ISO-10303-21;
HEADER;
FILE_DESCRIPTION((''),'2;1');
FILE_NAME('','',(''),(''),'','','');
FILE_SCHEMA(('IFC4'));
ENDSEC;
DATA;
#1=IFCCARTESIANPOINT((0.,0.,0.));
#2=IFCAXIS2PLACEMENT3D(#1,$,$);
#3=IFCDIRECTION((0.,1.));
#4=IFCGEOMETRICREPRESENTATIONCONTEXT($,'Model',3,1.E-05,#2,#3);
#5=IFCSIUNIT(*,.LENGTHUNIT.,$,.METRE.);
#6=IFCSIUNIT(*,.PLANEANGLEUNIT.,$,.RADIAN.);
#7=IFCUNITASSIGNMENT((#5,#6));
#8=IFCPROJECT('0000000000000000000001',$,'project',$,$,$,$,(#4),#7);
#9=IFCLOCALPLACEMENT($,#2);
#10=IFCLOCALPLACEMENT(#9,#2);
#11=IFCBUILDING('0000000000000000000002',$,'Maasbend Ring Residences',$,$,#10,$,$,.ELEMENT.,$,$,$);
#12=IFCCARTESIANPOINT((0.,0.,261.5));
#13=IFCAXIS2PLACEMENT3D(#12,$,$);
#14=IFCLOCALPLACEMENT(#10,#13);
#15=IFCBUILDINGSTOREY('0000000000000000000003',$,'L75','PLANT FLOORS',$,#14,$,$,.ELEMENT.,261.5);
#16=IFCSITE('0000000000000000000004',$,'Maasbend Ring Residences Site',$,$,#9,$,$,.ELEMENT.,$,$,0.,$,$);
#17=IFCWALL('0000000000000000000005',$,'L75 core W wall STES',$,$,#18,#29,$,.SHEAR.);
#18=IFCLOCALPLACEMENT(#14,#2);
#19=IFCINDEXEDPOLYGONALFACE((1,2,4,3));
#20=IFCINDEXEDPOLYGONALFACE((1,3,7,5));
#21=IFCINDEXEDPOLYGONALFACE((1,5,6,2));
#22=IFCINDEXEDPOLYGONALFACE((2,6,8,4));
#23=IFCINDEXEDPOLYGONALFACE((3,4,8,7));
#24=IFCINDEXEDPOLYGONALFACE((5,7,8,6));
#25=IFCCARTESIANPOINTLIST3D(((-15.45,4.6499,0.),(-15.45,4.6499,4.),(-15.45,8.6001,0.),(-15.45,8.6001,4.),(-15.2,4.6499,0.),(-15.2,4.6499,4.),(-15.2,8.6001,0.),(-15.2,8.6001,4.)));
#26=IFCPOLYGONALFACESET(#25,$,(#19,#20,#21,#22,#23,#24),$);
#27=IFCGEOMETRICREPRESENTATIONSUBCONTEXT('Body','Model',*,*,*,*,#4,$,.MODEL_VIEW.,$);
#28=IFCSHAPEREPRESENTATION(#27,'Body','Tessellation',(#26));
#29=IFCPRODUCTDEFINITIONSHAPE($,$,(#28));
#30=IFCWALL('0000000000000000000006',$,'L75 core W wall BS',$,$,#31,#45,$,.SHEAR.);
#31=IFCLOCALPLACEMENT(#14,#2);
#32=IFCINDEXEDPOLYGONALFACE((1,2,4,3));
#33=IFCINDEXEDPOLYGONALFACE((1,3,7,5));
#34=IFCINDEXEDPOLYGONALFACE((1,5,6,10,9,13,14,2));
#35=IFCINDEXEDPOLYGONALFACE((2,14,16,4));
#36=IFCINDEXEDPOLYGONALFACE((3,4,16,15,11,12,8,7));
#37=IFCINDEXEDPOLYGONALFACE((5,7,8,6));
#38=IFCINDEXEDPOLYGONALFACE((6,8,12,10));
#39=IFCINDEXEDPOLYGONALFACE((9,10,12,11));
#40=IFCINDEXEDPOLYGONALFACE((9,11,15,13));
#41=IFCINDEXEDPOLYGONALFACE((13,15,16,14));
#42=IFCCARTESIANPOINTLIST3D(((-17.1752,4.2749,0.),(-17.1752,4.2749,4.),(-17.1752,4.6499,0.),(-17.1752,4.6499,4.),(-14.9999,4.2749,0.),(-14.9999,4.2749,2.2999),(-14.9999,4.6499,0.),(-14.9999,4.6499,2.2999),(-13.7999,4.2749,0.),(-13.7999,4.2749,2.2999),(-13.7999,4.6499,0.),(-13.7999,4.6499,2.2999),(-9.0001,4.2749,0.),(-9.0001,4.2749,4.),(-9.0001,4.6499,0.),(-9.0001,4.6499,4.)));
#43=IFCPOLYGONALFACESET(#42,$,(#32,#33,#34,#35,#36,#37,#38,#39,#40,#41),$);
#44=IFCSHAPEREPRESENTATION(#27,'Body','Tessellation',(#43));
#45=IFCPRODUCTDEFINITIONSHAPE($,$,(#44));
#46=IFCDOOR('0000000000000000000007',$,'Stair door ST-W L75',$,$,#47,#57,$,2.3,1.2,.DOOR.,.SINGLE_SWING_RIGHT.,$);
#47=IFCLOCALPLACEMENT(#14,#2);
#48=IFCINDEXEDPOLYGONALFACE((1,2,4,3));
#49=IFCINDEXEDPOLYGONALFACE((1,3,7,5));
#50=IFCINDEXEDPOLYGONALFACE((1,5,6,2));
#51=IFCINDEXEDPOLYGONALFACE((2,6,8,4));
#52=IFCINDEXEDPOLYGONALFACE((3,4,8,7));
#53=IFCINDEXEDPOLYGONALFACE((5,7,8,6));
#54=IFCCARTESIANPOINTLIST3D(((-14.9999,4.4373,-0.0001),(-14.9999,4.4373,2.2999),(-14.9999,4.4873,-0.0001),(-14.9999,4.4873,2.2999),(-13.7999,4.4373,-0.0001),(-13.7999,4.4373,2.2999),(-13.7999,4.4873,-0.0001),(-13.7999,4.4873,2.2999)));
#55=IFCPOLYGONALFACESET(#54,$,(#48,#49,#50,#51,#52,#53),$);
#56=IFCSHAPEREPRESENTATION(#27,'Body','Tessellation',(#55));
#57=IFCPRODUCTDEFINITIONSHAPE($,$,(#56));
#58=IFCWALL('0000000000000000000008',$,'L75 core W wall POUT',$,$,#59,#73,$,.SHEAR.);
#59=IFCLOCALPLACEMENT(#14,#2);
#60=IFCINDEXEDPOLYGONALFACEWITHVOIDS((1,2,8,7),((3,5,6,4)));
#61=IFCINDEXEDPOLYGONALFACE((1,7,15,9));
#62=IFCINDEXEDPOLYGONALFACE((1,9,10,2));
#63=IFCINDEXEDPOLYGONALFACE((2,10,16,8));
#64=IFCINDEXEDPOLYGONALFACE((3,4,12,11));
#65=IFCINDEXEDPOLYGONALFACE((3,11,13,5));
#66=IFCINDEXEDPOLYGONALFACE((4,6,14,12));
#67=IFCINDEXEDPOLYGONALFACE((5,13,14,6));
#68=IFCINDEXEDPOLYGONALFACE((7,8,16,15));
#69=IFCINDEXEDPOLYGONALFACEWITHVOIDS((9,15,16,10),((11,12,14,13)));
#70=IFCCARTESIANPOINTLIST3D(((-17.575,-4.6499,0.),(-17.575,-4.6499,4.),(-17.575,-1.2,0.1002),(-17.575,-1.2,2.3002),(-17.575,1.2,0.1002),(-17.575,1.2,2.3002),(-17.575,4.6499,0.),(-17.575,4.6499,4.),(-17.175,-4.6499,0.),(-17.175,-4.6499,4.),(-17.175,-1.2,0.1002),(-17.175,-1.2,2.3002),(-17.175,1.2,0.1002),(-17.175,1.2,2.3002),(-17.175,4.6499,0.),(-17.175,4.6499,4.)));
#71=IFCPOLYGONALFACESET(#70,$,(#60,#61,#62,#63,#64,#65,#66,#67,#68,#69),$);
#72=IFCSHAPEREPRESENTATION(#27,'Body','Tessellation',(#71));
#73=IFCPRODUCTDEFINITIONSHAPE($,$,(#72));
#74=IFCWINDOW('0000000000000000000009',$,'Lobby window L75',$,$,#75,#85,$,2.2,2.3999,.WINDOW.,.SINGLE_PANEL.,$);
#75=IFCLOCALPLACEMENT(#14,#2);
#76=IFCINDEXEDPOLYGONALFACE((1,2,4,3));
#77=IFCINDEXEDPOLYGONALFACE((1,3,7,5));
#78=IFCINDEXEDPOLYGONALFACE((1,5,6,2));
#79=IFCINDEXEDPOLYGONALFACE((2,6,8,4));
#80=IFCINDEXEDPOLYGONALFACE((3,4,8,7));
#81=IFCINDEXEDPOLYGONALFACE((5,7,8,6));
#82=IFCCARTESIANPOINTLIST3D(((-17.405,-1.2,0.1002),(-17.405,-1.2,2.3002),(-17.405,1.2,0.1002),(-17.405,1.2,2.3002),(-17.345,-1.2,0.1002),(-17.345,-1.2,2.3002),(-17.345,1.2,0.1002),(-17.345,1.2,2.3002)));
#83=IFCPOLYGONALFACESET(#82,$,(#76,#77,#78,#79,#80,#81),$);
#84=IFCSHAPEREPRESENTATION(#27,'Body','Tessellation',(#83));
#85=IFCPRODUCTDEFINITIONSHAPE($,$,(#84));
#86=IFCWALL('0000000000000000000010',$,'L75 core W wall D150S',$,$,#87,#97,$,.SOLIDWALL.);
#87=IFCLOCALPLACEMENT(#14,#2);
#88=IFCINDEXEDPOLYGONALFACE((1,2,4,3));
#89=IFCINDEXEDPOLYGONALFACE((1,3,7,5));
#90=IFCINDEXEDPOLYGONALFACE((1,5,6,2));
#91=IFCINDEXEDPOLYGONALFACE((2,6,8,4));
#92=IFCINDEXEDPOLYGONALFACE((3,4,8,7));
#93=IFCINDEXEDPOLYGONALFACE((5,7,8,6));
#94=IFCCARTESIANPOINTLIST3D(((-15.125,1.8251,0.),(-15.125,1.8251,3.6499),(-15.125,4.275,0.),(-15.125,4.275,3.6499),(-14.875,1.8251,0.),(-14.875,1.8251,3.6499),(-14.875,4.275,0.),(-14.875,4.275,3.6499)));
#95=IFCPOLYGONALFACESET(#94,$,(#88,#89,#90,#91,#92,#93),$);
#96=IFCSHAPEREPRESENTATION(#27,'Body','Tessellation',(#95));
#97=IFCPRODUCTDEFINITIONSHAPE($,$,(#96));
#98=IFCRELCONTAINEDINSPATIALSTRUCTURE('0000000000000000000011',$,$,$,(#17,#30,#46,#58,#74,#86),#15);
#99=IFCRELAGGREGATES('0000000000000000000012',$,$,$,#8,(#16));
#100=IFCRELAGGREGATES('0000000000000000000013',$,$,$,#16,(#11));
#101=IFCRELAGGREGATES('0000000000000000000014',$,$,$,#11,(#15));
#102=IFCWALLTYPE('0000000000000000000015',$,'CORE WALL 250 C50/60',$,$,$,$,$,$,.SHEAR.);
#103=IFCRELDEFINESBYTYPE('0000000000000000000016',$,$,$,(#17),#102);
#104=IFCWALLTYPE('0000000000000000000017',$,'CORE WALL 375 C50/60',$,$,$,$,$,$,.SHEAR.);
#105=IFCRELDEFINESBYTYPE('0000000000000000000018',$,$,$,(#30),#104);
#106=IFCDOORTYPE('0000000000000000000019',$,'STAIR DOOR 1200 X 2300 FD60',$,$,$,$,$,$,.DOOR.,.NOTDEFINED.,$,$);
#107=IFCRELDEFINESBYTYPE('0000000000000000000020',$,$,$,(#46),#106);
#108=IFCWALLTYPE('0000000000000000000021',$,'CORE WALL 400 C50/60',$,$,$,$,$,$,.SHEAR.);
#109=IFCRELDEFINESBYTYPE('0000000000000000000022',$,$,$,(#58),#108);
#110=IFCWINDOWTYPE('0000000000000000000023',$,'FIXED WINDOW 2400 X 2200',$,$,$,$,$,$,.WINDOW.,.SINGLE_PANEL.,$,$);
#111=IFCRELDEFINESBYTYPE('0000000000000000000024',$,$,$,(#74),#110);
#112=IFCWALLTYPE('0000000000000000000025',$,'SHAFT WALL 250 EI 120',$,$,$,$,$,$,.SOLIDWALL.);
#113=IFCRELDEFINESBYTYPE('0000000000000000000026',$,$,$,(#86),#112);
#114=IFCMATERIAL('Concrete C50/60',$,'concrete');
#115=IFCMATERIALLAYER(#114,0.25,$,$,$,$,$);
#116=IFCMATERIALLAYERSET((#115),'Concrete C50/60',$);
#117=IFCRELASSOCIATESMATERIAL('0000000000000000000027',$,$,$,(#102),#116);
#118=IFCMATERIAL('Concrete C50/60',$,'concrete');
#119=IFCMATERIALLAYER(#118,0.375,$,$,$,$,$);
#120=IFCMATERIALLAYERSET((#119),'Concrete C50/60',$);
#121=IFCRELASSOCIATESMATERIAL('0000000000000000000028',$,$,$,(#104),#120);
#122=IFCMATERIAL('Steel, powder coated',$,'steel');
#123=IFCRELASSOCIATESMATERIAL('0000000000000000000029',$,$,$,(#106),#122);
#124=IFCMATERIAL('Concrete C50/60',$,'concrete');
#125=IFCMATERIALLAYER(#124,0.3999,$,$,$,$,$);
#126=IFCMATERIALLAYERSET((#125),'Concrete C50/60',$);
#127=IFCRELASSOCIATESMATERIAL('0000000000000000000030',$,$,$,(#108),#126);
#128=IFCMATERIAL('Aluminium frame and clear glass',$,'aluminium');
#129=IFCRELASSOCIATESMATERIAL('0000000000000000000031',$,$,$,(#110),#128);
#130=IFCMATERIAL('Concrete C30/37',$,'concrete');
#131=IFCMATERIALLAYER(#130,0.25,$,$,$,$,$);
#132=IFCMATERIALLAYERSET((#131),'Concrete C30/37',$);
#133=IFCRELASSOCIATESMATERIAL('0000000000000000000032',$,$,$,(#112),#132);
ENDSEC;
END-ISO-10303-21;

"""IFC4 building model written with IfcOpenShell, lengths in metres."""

from ifc_helpers import new_model, si_unit, direction, frame, frame_2d, origin, place, context, subcontext, project, spatial, rectangle, extrude, material, layer, layer_set, type_object, element, fill, save


model = new_model("IFC4")

# Units and contexts
model_context = context("Model", 3, precision=1e-05, world=origin(), true_north=direction((0.0, 1.0)))
body_context = subcontext(model_context, "Body", "Model", "MODEL_VIEW")
ifc_project = project(units=[si_unit("LENGTHUNIT", "METRE"), si_unit("PLANEANGLEUNIT", "RADIAN")], contexts=[model_context])

# Site, building, storey
site_placement = place(None, origin())
site = spatial("IfcSite", under=ifc_project, at=site_placement, Name="Maasbend Ring Residences Site", CompositionType="ELEMENT", RefElevation=0.0)
building_placement = place(site_placement, origin())
building = spatial("IfcBuilding", under=site, at=building_placement, Name="Maasbend Ring Residences", CompositionType="ELEMENT")
storey_placement = place(building_placement, frame((0.0, 0.0, 261.5)))
storey = spatial("IfcBuildingStorey", under=building, at=storey_placement, Name="L75", Description="PLANT FLOORS", CompositionType="ELEMENT", Elevation=261.5)

# Shared definitions
ifc_material_1 = material(Name="Concrete C50/60", Category="concrete")
ifc_layer_1 = layer(ifc_material_1, 0.25)
ifc_layer_set_1 = layer_set([ifc_layer_1], Name="Concrete C50/60")
wall_type_1 = type_object("IfcWallType", Name="CORE WALL 250 C50/60", PredefinedType="SHEAR", material=ifc_layer_set_1)

# Wall
wall_1_placement = place(storey_placement, frame((-15.325, 4.6499, 0.0), z_axis=(0.0, 0.0, 1.0), x_axis=(0.0, 1.0, 0.0)))
element("IfcWall", 1, at=wall_1_placement, inside=storey, type_object=wall_type_1, Name="L75 core W wall STES", PredefinedType="SHEAR", context=body_context, shape_type="SweptSolid", body=[
    extrude(rectangle(XDim=3.9502, YDim=0.25, at=frame_2d((1.9751, 0.0))), origin(), (0.0, 0.0, 1.0), 4.0),
])

# Wall, opening, door
ifc_material_2 = material(Name="Concrete C50/60", Category="concrete")
ifc_layer_2 = layer(ifc_material_2, 0.375)
ifc_layer_set_2 = layer_set([ifc_layer_2], Name="Concrete C50/60")
wall_type_2 = type_object("IfcWallType", Name="CORE WALL 375 C50/60", PredefinedType="SHEAR", material=ifc_layer_set_2)
wall_2_placement = place(storey_placement, frame((-17.175, 4.4624, 0.0), z_axis=(0.0, 0.0, 1.0), x_axis=(1.0, 0.0, 0.0)))
wall_2 = element("IfcWall", 2, at=wall_2_placement, inside=storey, type_object=wall_type_2, Name="L75 core W wall BS", PredefinedType="SHEAR", context=body_context, shape_type="SweptSolid", body=[
    extrude(rectangle(XDim=8.175, YDim=0.375, at=frame_2d((4.0874, 0.0))), origin(), (0.0, 0.0, 1.0), 4.0),
])
opening_1_placement = place(wall_2_placement, frame((2.175, 0.0, 0.0)))
opening_1 = element("IfcOpeningElement", 3, at=opening_1_placement, cuts=wall_2, PredefinedType="OPENING", context=body_context, shape_type="SweptSolid", body=[
    extrude(rectangle(XDim=1.2, YDim=2.3, at=frame_2d((0.6001, 1.1499))), frame((0.0, 0.1975, 0.0), z_axis=(0.0, -1.0, 0.0), x_axis=(1.0, 0.0, 0.0)), (0.0, 0.0, 1.0), 0.395),
])
ifc_material_3 = material(Name="Steel, powder coated", Category="steel")
door_type_1 = type_object("IfcDoorType", Name="STAIR DOOR 1200 X 2300 FD60", OperationType="NOTDEFINED", PredefinedType="DOOR", material=ifc_material_3)
door_1_placement = place(opening_1_placement, origin())
door_1 = element("IfcDoor", 4, at=door_1_placement, inside=storey, type_object=door_type_1, Name="Stair door ST-W L75", OperationType="SINGLE_SWING_RIGHT", OverallHeight=2.3, OverallWidth=1.2, PredefinedType="DOOR", context=body_context, shape_type="SweptSolid", body=[
    extrude(rectangle(XDim=1.2, YDim=2.3, at=frame_2d((0.6001, 1.1499))), frame((0.0, 0.0249, 0.0), z_axis=(0.0, -1.0, 0.0), x_axis=(1.0, 0.0, 0.0)), (0.0, 0.0, 1.0), 0.05),
])
fill(opening_1, door_1)

# Wall, opening, window
ifc_material_4 = material(Name="Concrete C50/60", Category="concrete")
ifc_layer_3 = layer(ifc_material_4, 0.3999)
ifc_layer_set_3 = layer_set([ifc_layer_3], Name="Concrete C50/60")
wall_type_3 = type_object("IfcWallType", Name="CORE WALL 400 C50/60", PredefinedType="SHEAR", material=ifc_layer_set_3)
wall_3_placement = place(storey_placement, frame((-17.375, 4.6499, 0.0), z_axis=(0.0, 0.0, 1.0), x_axis=(0.0, -1.0, 0.0)))
wall_3 = element("IfcWall", 5, at=wall_3_placement, inside=storey, type_object=wall_type_3, Name="L75 core W wall POUT", PredefinedType="SHEAR", context=body_context, shape_type="SweptSolid", body=[
    extrude(rectangle(XDim=9.2998, YDim=0.3999, at=frame_2d((4.6499, 0.0))), origin(), (0.0, 0.0, 1.0), 4.0),
])
opening_2_placement = place(wall_3_placement, frame((3.45, 0.0, 0.1001)))
opening_2 = element("IfcOpeningElement", 6, at=opening_2_placement, cuts=wall_3, PredefinedType="OPENING", context=body_context, shape_type="SweptSolid", body=[
    extrude(rectangle(XDim=2.3999, YDim=2.2, at=frame_2d((1.2, 1.1001))), frame((0.0, 0.21, 0.0), z_axis=(0.0, -1.0, 0.0), x_axis=(1.0, 0.0, 0.0)), (0.0, 0.0, 1.0), 0.4199),
])
ifc_material_5 = material(Name="Aluminium frame and clear glass", Category="aluminium")
window_type = type_object("IfcWindowType", Name="FIXED WINDOW 2400 X 2200", PartitioningType="SINGLE_PANEL", PredefinedType="WINDOW", material=ifc_material_5)
window_placement = place(opening_2_placement, origin())
window = element("IfcWindow", 7, at=window_placement, inside=storey, type_object=window_type, Name="Lobby window L75", OverallHeight=2.2, OverallWidth=2.3999, PartitioningType="SINGLE_PANEL", PredefinedType="WINDOW", context=body_context, shape_type="SweptSolid", body=[
    extrude(rectangle(XDim=2.3999, YDim=2.2, at=frame_2d((1.2, 1.1001))), frame((0.0, 0.03, 0.0), z_axis=(0.0, -1.0, 0.0), x_axis=(1.0, 0.0, 0.0)), (0.0, 0.0, 1.0), 0.0601),
])
fill(opening_2, window)

# Wall
ifc_material_6 = material(Name="Concrete C30/37", Category="concrete")
ifc_layer_4 = layer(ifc_material_6, 0.25)
ifc_layer_set_4 = layer_set([ifc_layer_4], Name="Concrete C30/37")
wall_type_4 = type_object("IfcWallType", Name="SHAFT WALL 250 EI 120", PredefinedType="SOLIDWALL", material=ifc_layer_set_4)
wall_4_placement = place(storey_placement, frame((-15.0, 1.825, 0.0), z_axis=(0.0, 0.0, 1.0), x_axis=(0.0, 1.0, 0.0)))
element("IfcWall", 8, at=wall_4_placement, inside=storey, type_object=wall_type_4, Name="L75 core W wall D150S", PredefinedType="SOLIDWALL", context=body_context, shape_type="SweptSolid", body=[
    extrude(rectangle(XDim=2.45, YDim=0.25, at=frame_2d((1.2251, 0.0))), origin(), (0.0, 0.0, 1.0), 3.6499),
])

save(model, "model.ifc")
